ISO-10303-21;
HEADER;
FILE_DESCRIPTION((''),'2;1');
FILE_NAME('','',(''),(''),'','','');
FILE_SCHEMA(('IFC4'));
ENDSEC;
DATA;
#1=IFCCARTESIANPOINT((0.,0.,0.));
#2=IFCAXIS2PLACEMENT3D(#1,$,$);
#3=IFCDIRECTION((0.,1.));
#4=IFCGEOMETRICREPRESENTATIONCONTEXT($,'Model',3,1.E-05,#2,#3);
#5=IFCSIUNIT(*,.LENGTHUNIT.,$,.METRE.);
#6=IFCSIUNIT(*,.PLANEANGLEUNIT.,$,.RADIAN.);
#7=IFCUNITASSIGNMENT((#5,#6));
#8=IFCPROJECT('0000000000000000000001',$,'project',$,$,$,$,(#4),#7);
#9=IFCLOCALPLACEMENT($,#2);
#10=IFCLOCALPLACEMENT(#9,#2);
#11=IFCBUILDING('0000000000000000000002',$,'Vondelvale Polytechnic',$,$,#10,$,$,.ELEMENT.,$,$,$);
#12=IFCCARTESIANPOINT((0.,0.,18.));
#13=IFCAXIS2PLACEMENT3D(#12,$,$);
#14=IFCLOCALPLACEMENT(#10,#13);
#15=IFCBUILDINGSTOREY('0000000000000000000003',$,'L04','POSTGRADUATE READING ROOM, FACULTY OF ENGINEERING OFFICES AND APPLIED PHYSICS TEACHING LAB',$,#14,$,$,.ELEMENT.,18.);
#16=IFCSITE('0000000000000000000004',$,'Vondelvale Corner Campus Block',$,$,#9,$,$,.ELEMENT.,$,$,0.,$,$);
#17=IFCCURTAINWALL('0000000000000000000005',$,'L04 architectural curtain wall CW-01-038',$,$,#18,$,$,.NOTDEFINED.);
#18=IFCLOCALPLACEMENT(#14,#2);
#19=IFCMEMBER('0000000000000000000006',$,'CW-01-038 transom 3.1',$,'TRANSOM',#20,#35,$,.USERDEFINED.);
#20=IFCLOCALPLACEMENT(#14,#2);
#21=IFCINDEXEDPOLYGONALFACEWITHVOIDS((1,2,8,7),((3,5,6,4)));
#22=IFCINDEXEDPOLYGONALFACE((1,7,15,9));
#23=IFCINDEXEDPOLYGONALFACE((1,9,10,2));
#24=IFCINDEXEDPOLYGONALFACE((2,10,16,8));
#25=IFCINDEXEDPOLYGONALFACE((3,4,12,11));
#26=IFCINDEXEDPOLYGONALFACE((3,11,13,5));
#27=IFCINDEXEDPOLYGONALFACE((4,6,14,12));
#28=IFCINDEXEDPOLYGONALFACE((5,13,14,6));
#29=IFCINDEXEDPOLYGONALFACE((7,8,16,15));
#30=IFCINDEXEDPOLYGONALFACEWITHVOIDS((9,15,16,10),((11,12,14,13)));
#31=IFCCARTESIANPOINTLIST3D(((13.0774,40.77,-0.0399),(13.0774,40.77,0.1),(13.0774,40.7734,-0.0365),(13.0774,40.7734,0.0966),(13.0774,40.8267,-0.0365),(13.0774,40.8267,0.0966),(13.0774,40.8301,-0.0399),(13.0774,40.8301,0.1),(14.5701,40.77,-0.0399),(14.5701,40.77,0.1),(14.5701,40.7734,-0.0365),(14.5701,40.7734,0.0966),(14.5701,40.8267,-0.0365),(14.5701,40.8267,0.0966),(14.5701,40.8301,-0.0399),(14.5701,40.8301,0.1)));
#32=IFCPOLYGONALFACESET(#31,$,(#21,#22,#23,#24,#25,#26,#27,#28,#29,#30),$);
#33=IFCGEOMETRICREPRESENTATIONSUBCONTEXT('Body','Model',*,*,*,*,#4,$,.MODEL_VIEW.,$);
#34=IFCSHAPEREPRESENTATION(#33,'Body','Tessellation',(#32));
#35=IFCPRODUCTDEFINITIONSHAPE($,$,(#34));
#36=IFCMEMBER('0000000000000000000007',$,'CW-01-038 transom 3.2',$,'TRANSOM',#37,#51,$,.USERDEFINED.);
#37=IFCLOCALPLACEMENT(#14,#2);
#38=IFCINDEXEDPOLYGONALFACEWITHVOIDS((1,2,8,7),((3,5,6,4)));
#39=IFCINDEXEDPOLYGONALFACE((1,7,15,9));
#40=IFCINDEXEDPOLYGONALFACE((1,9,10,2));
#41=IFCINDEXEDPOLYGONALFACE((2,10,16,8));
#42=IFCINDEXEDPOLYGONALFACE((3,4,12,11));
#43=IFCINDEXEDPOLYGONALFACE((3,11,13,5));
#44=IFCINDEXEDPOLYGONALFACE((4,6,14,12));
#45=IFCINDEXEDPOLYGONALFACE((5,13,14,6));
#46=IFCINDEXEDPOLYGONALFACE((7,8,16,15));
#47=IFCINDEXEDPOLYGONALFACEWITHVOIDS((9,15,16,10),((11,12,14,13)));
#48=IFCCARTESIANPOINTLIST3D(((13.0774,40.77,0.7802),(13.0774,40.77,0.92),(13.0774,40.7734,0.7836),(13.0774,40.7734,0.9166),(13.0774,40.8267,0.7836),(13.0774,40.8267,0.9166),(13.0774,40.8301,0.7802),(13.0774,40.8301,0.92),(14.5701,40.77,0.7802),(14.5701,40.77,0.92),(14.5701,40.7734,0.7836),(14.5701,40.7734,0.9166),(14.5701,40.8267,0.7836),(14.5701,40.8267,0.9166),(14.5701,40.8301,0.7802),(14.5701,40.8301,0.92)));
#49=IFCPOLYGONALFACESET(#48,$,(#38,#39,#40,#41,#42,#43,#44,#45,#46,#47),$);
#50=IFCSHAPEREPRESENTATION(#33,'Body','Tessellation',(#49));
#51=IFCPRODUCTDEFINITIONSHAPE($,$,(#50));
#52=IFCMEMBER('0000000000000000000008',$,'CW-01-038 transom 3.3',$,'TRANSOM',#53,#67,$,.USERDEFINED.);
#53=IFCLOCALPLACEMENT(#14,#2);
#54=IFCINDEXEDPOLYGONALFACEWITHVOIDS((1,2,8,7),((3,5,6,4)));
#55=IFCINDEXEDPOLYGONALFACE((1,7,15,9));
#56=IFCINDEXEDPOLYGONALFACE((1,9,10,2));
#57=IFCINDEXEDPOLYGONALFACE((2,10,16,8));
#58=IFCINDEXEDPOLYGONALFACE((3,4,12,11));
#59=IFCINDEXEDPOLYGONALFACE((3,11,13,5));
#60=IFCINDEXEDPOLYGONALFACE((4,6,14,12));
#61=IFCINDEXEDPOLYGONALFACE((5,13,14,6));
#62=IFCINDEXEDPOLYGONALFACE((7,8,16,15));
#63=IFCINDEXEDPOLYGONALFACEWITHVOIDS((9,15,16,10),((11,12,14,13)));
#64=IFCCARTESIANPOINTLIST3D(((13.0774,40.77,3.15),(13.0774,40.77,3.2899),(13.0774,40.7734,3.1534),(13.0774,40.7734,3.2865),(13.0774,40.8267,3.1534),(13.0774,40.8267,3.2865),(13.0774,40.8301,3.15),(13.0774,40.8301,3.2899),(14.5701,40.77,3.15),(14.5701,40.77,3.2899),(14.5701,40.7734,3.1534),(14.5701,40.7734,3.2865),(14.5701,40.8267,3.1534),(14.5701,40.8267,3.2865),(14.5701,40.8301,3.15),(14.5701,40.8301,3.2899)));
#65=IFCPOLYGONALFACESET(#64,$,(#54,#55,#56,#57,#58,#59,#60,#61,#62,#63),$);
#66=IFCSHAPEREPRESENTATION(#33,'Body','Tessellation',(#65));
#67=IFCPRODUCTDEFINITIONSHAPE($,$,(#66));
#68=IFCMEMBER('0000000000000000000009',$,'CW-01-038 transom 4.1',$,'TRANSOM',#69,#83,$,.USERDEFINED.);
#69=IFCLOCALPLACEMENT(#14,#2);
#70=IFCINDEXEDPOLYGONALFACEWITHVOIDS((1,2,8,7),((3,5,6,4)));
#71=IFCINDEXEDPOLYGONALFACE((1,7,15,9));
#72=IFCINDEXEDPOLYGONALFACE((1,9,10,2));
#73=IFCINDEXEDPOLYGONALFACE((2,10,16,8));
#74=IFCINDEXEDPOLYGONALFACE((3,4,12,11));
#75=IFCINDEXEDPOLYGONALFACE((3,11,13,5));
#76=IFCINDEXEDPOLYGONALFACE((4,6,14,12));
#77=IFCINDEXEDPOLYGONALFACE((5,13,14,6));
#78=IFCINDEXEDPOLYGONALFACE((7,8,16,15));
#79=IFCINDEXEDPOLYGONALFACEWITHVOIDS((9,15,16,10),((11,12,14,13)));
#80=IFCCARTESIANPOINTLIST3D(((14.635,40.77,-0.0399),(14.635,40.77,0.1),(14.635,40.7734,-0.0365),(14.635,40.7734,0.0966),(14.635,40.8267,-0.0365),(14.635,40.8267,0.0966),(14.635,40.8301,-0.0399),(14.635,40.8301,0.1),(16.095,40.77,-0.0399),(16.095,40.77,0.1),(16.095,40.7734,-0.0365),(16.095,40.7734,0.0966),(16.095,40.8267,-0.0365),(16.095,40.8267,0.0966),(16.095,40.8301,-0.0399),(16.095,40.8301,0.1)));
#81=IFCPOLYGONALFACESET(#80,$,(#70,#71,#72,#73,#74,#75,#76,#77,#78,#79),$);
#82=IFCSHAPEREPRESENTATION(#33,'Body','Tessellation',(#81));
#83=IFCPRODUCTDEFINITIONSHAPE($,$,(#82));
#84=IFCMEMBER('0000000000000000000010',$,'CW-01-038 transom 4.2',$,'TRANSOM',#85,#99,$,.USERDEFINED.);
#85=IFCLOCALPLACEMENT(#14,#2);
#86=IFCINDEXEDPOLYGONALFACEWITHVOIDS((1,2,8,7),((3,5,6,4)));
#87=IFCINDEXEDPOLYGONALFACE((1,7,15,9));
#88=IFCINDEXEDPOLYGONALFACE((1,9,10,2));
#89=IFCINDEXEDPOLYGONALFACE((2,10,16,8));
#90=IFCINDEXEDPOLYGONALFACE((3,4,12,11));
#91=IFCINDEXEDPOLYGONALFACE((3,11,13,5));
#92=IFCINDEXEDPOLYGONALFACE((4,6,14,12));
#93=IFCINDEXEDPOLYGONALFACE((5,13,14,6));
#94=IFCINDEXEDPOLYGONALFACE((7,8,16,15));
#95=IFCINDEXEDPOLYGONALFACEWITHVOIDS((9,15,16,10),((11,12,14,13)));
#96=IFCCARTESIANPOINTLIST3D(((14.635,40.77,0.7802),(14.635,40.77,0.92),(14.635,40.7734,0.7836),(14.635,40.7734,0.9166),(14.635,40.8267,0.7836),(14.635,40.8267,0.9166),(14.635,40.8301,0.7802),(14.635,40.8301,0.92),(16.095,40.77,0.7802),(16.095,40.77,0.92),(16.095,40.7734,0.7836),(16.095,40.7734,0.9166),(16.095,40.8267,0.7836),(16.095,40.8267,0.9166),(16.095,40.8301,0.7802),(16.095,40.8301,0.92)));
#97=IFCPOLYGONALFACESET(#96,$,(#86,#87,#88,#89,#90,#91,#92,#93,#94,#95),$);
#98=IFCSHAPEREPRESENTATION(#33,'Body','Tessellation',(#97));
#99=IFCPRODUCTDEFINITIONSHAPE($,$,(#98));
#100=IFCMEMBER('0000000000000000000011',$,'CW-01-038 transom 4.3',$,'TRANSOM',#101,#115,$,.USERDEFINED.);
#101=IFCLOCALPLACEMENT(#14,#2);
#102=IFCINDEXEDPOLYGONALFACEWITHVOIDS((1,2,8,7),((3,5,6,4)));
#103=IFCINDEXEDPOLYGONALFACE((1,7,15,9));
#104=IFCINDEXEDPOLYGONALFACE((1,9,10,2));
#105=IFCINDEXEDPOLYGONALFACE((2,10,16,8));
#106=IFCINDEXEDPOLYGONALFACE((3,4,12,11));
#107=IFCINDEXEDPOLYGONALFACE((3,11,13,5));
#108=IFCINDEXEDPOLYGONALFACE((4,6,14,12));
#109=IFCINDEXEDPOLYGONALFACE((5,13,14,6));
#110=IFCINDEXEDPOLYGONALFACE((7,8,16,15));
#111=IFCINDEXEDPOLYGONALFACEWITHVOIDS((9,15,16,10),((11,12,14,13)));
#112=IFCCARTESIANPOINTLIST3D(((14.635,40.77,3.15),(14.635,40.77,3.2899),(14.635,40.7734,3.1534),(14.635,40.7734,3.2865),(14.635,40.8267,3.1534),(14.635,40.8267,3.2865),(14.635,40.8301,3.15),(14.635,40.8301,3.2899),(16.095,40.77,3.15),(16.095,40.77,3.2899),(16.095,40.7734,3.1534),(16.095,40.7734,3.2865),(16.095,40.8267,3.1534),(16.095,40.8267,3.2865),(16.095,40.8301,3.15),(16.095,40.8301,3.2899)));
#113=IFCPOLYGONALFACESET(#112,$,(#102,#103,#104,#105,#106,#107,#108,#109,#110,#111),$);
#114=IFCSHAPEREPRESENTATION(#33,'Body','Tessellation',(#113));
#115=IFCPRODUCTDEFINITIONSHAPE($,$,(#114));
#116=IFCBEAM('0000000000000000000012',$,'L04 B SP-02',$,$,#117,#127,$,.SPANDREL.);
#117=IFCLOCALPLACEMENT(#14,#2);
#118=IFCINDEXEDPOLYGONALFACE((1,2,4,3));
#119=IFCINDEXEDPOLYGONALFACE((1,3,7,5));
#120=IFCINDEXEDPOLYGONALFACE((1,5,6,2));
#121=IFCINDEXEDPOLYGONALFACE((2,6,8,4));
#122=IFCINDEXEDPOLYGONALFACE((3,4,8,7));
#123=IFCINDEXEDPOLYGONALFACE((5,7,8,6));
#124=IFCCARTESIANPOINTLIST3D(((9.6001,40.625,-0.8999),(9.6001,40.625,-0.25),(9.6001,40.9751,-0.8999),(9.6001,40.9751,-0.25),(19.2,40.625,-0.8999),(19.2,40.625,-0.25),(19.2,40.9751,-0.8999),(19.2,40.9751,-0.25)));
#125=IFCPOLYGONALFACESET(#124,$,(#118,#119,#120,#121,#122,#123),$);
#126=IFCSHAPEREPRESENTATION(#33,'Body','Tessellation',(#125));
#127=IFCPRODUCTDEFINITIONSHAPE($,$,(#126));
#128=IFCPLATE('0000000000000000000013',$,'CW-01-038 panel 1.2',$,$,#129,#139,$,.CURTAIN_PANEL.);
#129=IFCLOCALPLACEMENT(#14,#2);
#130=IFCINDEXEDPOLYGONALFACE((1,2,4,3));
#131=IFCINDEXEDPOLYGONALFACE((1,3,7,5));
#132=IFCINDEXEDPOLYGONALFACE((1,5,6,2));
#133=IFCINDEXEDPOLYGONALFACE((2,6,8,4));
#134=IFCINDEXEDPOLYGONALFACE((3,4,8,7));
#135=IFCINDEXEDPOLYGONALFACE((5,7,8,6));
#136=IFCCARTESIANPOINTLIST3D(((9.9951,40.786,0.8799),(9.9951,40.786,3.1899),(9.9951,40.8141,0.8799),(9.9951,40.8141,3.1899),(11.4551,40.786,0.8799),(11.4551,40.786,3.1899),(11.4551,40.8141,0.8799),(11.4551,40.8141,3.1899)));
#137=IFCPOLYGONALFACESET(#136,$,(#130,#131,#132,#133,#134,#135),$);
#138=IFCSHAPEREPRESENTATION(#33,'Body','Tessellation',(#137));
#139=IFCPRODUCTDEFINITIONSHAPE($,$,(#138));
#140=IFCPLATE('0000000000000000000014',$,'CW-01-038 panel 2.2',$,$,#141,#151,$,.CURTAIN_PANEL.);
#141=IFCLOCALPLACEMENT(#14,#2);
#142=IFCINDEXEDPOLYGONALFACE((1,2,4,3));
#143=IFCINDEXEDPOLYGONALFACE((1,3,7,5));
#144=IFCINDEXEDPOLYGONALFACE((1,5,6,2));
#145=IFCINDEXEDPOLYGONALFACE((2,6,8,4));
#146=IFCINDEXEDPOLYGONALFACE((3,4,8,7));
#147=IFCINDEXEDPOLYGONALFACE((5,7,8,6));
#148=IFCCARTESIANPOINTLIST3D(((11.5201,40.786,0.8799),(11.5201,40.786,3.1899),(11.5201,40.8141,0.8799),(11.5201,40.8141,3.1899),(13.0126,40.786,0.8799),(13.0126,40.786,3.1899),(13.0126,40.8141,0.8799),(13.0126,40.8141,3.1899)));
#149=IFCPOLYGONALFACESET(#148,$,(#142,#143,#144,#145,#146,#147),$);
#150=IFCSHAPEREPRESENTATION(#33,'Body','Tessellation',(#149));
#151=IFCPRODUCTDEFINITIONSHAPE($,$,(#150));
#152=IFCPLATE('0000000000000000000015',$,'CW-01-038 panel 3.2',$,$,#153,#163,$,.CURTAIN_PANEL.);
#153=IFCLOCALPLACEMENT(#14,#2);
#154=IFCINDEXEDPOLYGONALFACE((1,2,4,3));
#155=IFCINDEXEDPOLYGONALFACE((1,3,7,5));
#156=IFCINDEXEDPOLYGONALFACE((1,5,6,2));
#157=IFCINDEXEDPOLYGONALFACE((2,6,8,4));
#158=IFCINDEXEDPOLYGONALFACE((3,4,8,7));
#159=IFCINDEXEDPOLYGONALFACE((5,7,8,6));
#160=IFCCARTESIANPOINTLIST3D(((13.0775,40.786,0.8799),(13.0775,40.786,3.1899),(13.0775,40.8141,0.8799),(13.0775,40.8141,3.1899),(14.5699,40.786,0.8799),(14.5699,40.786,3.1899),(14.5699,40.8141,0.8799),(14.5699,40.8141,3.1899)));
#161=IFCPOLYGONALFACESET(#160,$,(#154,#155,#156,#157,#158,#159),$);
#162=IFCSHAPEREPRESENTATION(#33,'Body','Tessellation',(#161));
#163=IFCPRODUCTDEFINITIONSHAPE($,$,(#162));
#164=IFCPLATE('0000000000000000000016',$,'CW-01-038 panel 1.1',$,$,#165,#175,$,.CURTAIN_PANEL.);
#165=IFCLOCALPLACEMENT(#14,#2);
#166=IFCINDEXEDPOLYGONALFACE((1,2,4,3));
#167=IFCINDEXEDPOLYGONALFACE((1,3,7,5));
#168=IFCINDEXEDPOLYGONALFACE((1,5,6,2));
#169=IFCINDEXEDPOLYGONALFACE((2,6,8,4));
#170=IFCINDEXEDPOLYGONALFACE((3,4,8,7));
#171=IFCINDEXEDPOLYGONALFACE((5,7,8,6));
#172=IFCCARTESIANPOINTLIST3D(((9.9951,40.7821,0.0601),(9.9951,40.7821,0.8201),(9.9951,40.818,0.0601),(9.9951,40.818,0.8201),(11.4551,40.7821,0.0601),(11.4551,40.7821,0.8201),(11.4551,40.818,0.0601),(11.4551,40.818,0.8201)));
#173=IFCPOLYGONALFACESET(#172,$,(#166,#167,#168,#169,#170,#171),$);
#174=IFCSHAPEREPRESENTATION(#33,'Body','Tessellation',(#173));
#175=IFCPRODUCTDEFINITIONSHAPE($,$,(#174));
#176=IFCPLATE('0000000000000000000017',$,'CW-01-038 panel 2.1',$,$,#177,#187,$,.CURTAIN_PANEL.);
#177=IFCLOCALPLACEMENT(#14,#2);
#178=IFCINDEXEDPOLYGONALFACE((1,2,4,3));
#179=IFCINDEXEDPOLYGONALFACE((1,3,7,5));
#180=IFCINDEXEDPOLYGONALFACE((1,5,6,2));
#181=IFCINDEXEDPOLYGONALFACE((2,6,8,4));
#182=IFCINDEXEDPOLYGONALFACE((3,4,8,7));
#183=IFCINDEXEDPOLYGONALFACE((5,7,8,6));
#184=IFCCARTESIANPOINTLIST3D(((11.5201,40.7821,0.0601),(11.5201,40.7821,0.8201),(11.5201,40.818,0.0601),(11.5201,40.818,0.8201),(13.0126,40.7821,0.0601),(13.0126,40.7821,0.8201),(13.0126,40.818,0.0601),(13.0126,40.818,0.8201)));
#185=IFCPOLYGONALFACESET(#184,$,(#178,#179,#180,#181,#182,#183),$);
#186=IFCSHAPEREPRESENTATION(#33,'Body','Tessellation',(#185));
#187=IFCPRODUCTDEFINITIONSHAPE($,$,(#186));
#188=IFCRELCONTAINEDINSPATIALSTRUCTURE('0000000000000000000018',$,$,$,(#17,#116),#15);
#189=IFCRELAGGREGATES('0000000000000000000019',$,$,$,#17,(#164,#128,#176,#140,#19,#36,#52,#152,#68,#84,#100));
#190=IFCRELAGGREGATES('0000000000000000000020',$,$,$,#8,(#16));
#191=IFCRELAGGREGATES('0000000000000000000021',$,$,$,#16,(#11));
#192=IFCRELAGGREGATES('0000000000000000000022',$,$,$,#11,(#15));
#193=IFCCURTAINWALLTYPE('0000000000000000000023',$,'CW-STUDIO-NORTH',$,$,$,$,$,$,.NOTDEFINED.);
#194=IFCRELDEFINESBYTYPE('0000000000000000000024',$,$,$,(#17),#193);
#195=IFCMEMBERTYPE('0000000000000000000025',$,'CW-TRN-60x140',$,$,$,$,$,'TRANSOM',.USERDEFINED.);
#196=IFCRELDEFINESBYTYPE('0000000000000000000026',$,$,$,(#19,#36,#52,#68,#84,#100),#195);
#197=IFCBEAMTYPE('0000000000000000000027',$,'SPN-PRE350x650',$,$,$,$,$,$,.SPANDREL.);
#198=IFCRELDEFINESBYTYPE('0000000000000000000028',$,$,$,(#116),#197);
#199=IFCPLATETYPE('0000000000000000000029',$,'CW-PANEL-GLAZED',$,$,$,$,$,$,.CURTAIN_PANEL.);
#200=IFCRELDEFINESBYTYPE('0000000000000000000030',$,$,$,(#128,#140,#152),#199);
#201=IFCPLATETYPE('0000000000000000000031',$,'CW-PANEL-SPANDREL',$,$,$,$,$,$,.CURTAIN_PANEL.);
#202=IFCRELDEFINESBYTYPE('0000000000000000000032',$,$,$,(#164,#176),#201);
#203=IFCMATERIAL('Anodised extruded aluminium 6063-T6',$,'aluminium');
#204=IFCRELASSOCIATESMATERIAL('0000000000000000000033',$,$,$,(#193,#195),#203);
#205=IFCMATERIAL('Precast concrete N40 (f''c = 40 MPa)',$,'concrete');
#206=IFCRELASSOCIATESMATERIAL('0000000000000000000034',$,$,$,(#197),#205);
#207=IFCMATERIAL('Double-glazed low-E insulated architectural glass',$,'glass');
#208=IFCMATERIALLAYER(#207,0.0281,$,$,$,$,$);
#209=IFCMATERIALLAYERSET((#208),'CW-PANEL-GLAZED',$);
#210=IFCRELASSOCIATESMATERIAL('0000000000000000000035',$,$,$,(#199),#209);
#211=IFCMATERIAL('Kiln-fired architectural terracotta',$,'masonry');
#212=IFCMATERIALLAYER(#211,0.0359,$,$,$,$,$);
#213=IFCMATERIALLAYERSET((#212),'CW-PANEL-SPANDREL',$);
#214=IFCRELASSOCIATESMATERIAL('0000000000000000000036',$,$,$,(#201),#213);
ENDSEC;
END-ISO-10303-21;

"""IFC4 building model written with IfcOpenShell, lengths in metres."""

from ifc_helpers import new_model, si_unit, direction, frame, origin, origin_2d, place, context, subcontext, project, spatial, rectangle, hollow_rectangle, extrude, material, layer, layer_set, material_profile, profile_set, type_object, element, aggregate, save


model = new_model("IFC4")

# Units and contexts
model_context = context("Model", 3, precision=1e-05, world=origin(), true_north=direction((0.0, 1.0)))
body_context = subcontext(model_context, "Body", "Model", "MODEL_VIEW")
ifc_project = project(units=[si_unit("LENGTHUNIT", "METRE"), si_unit("PLANEANGLEUNIT", "RADIAN")], contexts=[model_context])

# Site, building, storey
site_placement = place(None, origin())
site = spatial("IfcSite", under=ifc_project, at=site_placement, Name="Vondelvale Corner Campus Block", CompositionType="ELEMENT", RefElevation=0.0)
building_placement = place(site_placement, origin())
building = spatial("IfcBuilding", under=site, at=building_placement, Name="Vondelvale Polytechnic", CompositionType="ELEMENT")
storey_placement = place(building_placement, frame((0.0, 0.0, 18.0)))
storey = spatial("IfcBuildingStorey", under=building, at=storey_placement, Name="L04", Description="POSTGRADUATE READING ROOM, FACULTY OF ENGINEERING OFFICES AND APPLIED PHYSICS TEACHING LAB", CompositionType="ELEMENT", Elevation=18.0)

# Curtain wall, members
ifc_material_1 = material(Name="Anodised extruded aluminium 6063-T6", Category="aluminium")
curtain_wall_type = type_object("IfcCurtainWallType", Name="CW-STUDIO-NORTH", PredefinedType="NOTDEFINED", material=ifc_material_1)
curtain_wall_placement = place(storey_placement, origin())
curtain_wall = element("IfcCurtainWall", 1, at=curtain_wall_placement, inside=storey, type_object=curtain_wall_type, Name="L04 architectural curtain wall CW-01-038", PredefinedType="NOTDEFINED")
ifc_material_profile_1 = material_profile(ifc_material_1, hollow_rectangle(XDim=0.0601, YDim=0.1399, WallThickness=0.0034, at=origin_2d()), Name="CW-TRN-140x60")
ifc_profile_set_1 = profile_set([ifc_material_profile_1], Name="Anodised extruded aluminium 6063-T6")
member_type_1 = type_object("IfcMemberType", Name="CW-TRN-60x140", ElementType="TRANSOM", PredefinedType="USERDEFINED", material=ifc_profile_set_1)
member_1_placement = place(storey_placement, frame((13.0774, 40.8, 0.03), z_axis=(1.0, 0.0, 0.0), x_axis=(0.0, 1.0, 0.0)))
member_1 = element("IfcMember", 2, at=member_1_placement, type_object=member_type_1, Name="CW-01-038 transom 3.1", ObjectType="TRANSOM", PredefinedType="USERDEFINED", context=body_context, shape_type="SweptSolid", body=[
    extrude(hollow_rectangle(XDim=0.0601, YDim=0.1399, WallThickness=0.0034, at=origin_2d()), origin(), (0.0, 0.0, 1.0), 1.4927),
])
member_2_placement = place(storey_placement, frame((13.0774, 40.8, 0.8501), z_axis=(1.0, 0.0, 0.0), x_axis=(0.0, 1.0, 0.0)))
member_2 = element("IfcMember", 3, at=member_2_placement, type_object=member_type_1, Name="CW-01-038 transom 3.2", ObjectType="TRANSOM", PredefinedType="USERDEFINED", context=body_context, shape_type="SweptSolid", body=[
    extrude(hollow_rectangle(XDim=0.0601, YDim=0.1399, WallThickness=0.0034, at=origin_2d()), origin(), (0.0, 0.0, 1.0), 1.4927),
])
member_3_placement = place(storey_placement, frame((13.0774, 40.8, 3.22), z_axis=(1.0, 0.0, 0.0), x_axis=(0.0, 1.0, 0.0)))
member_3 = element("IfcMember", 4, at=member_3_placement, type_object=member_type_1, Name="CW-01-038 transom 3.3", ObjectType="TRANSOM", PredefinedType="USERDEFINED", context=body_context, shape_type="SweptSolid", body=[
    extrude(hollow_rectangle(XDim=0.0601, YDim=0.1399, WallThickness=0.0034, at=origin_2d()), origin(), (0.0, 0.0, 1.0), 1.4927),
])
member_4_placement = place(storey_placement, frame((14.635, 40.8, 0.03), z_axis=(1.0, 0.0, 0.0), x_axis=(0.0, 1.0, 0.0)))
member_4 = element("IfcMember", 5, at=member_4_placement, type_object=member_type_1, Name="CW-01-038 transom 4.1", ObjectType="TRANSOM", PredefinedType="USERDEFINED", context=body_context, shape_type="SweptSolid", body=[
    extrude(hollow_rectangle(XDim=0.0601, YDim=0.1399, WallThickness=0.0034, at=origin_2d()), origin(), (0.0, 0.0, 1.0), 1.46),
])
member_5_placement = place(storey_placement, frame((14.635, 40.8, 0.8501), z_axis=(1.0, 0.0, 0.0), x_axis=(0.0, 1.0, 0.0)))
member_5 = element("IfcMember", 6, at=member_5_placement, type_object=member_type_1, Name="CW-01-038 transom 4.2", ObjectType="TRANSOM", PredefinedType="USERDEFINED", context=body_context, shape_type="SweptSolid", body=[
    extrude(hollow_rectangle(XDim=0.0601, YDim=0.1399, WallThickness=0.0034, at=origin_2d()), origin(), (0.0, 0.0, 1.0), 1.46),
])
member_6_placement = place(storey_placement, frame((14.635, 40.8, 3.22), z_axis=(1.0, 0.0, 0.0), x_axis=(0.0, 1.0, 0.0)))
member_6 = element("IfcMember", 7, at=member_6_placement, type_object=member_type_1, Name="CW-01-038 transom 4.3", ObjectType="TRANSOM", PredefinedType="USERDEFINED", context=body_context, shape_type="SweptSolid", body=[
    extrude(hollow_rectangle(XDim=0.0601, YDim=0.1399, WallThickness=0.0034, at=origin_2d()), origin(), (0.0, 0.0, 1.0), 1.46),
])

# Beam
ifc_material_2 = material(Name="Precast concrete N40 (f'c = 40 MPa)", Category="concrete")
ifc_material_profile_2 = material_profile(ifc_material_2, rectangle(XDim=0.3501, YDim=0.6499, at=origin_2d()), Name="RC-SPN-350x650")
ifc_profile_set_2 = profile_set([ifc_material_profile_2], Name="Precast concrete N40 (f'c = 40 MPa)")
beam_type = type_object("IfcBeamType", Name="SPN-PRE350x650", PredefinedType="SPANDREL", material=ifc_profile_set_2)
beam_placement = place(storey_placement, frame((9.6001, 40.8, -0.575), z_axis=(1.0, 0.0, 0.0), x_axis=(0.0, 1.0, 0.0)))
element("IfcBeam", 8, at=beam_placement, inside=storey, type_object=beam_type, Name="L04 B SP-02", PredefinedType="SPANDREL", context=body_context, shape_type="SweptSolid", body=[
    extrude(rectangle(XDim=0.3501, YDim=0.6499, at=origin_2d()), origin(), (0.0, 0.0, 1.0), 9.5999),
])

# Plates
ifc_material_3 = material(Name="Double-glazed low-E insulated architectural glass", Category="glass")
ifc_layer_1 = layer(ifc_material_3, 0.0281)
ifc_layer_set_1 = layer_set([ifc_layer_1], Name="CW-PANEL-GLAZED")
plate_type_1 = type_object("IfcPlateType", Name="CW-PANEL-GLAZED", PredefinedType="CURTAIN_PANEL", material=ifc_layer_set_1)
plate_1_placement = place(storey_placement, frame((10.7251, 40.8, 0.8799), z_axis=(0.0, 0.0, 1.0), x_axis=(1.0, 0.0, 0.0)))
plate_1 = element("IfcPlate", 9, at=plate_1_placement, type_object=plate_type_1, Name="CW-01-038 panel 1.2", PredefinedType="CURTAIN_PANEL", context=body_context, shape_type="SweptSolid", body=[
    extrude(rectangle(XDim=1.46, YDim=0.0281, at=origin_2d()), origin(), (0.0, 0.0, 1.0), 2.3101),
])
plate_2_placement = place(storey_placement, frame((12.2664, 40.8, 0.8799), z_axis=(0.0, 0.0, 1.0), x_axis=(1.0, 0.0, 0.0)))
plate_2 = element("IfcPlate", 10, at=plate_2_placement, type_object=plate_type_1, Name="CW-01-038 panel 2.2", PredefinedType="CURTAIN_PANEL", context=body_context, shape_type="SweptSolid", body=[
    extrude(rectangle(XDim=1.4924, YDim=0.0281, at=origin_2d()), origin(), (0.0, 0.0, 1.0), 2.3101),
])
plate_3_placement = place(storey_placement, frame((13.8237, 40.8, 0.8799), z_axis=(0.0, 0.0, 1.0), x_axis=(1.0, 0.0, 0.0)))
plate_3 = element("IfcPlate", 11, at=plate_3_placement, type_object=plate_type_1, Name="CW-01-038 panel 3.2", PredefinedType="CURTAIN_PANEL", context=body_context, shape_type="SweptSolid", body=[
    extrude(rectangle(XDim=1.4924, YDim=0.0281, at=origin_2d()), origin(), (0.0, 0.0, 1.0), 2.3101),
])
ifc_material_4 = material(Name="Kiln-fired architectural terracotta", Category="masonry")
ifc_layer_2 = layer(ifc_material_4, 0.0359)
ifc_layer_set_2 = layer_set([ifc_layer_2], Name="CW-PANEL-SPANDREL")
plate_type_2 = type_object("IfcPlateType", Name="CW-PANEL-SPANDREL", PredefinedType="CURTAIN_PANEL", material=ifc_layer_set_2)
plate_4_placement = place(storey_placement, frame((10.7251, 40.8, 0.0601), z_axis=(0.0, 0.0, 1.0), x_axis=(1.0, 0.0, 0.0)))
plate_4 = element("IfcPlate", 12, at=plate_4_placement, type_object=plate_type_2, Name="CW-01-038 panel 1.1", PredefinedType="CURTAIN_PANEL", context=body_context, shape_type="SweptSolid", body=[
    extrude(rectangle(XDim=1.46, YDim=0.0359, at=origin_2d()), origin(), (0.0, 0.0, 1.0), 0.76),
])
plate_5_placement = place(storey_placement, frame((12.2664, 40.8, 0.0601), z_axis=(0.0, 0.0, 1.0), x_axis=(1.0, 0.0, 0.0)))
plate_5 = element("IfcPlate", 13, at=plate_5_placement, type_object=plate_type_2, Name="CW-01-038 panel 2.1", PredefinedType="CURTAIN_PANEL", context=body_context, shape_type="SweptSolid", body=[
    extrude(rectangle(XDim=1.4924, YDim=0.0359, at=origin_2d()), origin(), (0.0, 0.0, 1.0), 0.76),
])
aggregate(curtain_wall, [plate_4, plate_1, plate_5, plate_2, member_1, member_2, member_3, plate_3, member_4, member_5, member_6])

save(model, "model.ifc")
